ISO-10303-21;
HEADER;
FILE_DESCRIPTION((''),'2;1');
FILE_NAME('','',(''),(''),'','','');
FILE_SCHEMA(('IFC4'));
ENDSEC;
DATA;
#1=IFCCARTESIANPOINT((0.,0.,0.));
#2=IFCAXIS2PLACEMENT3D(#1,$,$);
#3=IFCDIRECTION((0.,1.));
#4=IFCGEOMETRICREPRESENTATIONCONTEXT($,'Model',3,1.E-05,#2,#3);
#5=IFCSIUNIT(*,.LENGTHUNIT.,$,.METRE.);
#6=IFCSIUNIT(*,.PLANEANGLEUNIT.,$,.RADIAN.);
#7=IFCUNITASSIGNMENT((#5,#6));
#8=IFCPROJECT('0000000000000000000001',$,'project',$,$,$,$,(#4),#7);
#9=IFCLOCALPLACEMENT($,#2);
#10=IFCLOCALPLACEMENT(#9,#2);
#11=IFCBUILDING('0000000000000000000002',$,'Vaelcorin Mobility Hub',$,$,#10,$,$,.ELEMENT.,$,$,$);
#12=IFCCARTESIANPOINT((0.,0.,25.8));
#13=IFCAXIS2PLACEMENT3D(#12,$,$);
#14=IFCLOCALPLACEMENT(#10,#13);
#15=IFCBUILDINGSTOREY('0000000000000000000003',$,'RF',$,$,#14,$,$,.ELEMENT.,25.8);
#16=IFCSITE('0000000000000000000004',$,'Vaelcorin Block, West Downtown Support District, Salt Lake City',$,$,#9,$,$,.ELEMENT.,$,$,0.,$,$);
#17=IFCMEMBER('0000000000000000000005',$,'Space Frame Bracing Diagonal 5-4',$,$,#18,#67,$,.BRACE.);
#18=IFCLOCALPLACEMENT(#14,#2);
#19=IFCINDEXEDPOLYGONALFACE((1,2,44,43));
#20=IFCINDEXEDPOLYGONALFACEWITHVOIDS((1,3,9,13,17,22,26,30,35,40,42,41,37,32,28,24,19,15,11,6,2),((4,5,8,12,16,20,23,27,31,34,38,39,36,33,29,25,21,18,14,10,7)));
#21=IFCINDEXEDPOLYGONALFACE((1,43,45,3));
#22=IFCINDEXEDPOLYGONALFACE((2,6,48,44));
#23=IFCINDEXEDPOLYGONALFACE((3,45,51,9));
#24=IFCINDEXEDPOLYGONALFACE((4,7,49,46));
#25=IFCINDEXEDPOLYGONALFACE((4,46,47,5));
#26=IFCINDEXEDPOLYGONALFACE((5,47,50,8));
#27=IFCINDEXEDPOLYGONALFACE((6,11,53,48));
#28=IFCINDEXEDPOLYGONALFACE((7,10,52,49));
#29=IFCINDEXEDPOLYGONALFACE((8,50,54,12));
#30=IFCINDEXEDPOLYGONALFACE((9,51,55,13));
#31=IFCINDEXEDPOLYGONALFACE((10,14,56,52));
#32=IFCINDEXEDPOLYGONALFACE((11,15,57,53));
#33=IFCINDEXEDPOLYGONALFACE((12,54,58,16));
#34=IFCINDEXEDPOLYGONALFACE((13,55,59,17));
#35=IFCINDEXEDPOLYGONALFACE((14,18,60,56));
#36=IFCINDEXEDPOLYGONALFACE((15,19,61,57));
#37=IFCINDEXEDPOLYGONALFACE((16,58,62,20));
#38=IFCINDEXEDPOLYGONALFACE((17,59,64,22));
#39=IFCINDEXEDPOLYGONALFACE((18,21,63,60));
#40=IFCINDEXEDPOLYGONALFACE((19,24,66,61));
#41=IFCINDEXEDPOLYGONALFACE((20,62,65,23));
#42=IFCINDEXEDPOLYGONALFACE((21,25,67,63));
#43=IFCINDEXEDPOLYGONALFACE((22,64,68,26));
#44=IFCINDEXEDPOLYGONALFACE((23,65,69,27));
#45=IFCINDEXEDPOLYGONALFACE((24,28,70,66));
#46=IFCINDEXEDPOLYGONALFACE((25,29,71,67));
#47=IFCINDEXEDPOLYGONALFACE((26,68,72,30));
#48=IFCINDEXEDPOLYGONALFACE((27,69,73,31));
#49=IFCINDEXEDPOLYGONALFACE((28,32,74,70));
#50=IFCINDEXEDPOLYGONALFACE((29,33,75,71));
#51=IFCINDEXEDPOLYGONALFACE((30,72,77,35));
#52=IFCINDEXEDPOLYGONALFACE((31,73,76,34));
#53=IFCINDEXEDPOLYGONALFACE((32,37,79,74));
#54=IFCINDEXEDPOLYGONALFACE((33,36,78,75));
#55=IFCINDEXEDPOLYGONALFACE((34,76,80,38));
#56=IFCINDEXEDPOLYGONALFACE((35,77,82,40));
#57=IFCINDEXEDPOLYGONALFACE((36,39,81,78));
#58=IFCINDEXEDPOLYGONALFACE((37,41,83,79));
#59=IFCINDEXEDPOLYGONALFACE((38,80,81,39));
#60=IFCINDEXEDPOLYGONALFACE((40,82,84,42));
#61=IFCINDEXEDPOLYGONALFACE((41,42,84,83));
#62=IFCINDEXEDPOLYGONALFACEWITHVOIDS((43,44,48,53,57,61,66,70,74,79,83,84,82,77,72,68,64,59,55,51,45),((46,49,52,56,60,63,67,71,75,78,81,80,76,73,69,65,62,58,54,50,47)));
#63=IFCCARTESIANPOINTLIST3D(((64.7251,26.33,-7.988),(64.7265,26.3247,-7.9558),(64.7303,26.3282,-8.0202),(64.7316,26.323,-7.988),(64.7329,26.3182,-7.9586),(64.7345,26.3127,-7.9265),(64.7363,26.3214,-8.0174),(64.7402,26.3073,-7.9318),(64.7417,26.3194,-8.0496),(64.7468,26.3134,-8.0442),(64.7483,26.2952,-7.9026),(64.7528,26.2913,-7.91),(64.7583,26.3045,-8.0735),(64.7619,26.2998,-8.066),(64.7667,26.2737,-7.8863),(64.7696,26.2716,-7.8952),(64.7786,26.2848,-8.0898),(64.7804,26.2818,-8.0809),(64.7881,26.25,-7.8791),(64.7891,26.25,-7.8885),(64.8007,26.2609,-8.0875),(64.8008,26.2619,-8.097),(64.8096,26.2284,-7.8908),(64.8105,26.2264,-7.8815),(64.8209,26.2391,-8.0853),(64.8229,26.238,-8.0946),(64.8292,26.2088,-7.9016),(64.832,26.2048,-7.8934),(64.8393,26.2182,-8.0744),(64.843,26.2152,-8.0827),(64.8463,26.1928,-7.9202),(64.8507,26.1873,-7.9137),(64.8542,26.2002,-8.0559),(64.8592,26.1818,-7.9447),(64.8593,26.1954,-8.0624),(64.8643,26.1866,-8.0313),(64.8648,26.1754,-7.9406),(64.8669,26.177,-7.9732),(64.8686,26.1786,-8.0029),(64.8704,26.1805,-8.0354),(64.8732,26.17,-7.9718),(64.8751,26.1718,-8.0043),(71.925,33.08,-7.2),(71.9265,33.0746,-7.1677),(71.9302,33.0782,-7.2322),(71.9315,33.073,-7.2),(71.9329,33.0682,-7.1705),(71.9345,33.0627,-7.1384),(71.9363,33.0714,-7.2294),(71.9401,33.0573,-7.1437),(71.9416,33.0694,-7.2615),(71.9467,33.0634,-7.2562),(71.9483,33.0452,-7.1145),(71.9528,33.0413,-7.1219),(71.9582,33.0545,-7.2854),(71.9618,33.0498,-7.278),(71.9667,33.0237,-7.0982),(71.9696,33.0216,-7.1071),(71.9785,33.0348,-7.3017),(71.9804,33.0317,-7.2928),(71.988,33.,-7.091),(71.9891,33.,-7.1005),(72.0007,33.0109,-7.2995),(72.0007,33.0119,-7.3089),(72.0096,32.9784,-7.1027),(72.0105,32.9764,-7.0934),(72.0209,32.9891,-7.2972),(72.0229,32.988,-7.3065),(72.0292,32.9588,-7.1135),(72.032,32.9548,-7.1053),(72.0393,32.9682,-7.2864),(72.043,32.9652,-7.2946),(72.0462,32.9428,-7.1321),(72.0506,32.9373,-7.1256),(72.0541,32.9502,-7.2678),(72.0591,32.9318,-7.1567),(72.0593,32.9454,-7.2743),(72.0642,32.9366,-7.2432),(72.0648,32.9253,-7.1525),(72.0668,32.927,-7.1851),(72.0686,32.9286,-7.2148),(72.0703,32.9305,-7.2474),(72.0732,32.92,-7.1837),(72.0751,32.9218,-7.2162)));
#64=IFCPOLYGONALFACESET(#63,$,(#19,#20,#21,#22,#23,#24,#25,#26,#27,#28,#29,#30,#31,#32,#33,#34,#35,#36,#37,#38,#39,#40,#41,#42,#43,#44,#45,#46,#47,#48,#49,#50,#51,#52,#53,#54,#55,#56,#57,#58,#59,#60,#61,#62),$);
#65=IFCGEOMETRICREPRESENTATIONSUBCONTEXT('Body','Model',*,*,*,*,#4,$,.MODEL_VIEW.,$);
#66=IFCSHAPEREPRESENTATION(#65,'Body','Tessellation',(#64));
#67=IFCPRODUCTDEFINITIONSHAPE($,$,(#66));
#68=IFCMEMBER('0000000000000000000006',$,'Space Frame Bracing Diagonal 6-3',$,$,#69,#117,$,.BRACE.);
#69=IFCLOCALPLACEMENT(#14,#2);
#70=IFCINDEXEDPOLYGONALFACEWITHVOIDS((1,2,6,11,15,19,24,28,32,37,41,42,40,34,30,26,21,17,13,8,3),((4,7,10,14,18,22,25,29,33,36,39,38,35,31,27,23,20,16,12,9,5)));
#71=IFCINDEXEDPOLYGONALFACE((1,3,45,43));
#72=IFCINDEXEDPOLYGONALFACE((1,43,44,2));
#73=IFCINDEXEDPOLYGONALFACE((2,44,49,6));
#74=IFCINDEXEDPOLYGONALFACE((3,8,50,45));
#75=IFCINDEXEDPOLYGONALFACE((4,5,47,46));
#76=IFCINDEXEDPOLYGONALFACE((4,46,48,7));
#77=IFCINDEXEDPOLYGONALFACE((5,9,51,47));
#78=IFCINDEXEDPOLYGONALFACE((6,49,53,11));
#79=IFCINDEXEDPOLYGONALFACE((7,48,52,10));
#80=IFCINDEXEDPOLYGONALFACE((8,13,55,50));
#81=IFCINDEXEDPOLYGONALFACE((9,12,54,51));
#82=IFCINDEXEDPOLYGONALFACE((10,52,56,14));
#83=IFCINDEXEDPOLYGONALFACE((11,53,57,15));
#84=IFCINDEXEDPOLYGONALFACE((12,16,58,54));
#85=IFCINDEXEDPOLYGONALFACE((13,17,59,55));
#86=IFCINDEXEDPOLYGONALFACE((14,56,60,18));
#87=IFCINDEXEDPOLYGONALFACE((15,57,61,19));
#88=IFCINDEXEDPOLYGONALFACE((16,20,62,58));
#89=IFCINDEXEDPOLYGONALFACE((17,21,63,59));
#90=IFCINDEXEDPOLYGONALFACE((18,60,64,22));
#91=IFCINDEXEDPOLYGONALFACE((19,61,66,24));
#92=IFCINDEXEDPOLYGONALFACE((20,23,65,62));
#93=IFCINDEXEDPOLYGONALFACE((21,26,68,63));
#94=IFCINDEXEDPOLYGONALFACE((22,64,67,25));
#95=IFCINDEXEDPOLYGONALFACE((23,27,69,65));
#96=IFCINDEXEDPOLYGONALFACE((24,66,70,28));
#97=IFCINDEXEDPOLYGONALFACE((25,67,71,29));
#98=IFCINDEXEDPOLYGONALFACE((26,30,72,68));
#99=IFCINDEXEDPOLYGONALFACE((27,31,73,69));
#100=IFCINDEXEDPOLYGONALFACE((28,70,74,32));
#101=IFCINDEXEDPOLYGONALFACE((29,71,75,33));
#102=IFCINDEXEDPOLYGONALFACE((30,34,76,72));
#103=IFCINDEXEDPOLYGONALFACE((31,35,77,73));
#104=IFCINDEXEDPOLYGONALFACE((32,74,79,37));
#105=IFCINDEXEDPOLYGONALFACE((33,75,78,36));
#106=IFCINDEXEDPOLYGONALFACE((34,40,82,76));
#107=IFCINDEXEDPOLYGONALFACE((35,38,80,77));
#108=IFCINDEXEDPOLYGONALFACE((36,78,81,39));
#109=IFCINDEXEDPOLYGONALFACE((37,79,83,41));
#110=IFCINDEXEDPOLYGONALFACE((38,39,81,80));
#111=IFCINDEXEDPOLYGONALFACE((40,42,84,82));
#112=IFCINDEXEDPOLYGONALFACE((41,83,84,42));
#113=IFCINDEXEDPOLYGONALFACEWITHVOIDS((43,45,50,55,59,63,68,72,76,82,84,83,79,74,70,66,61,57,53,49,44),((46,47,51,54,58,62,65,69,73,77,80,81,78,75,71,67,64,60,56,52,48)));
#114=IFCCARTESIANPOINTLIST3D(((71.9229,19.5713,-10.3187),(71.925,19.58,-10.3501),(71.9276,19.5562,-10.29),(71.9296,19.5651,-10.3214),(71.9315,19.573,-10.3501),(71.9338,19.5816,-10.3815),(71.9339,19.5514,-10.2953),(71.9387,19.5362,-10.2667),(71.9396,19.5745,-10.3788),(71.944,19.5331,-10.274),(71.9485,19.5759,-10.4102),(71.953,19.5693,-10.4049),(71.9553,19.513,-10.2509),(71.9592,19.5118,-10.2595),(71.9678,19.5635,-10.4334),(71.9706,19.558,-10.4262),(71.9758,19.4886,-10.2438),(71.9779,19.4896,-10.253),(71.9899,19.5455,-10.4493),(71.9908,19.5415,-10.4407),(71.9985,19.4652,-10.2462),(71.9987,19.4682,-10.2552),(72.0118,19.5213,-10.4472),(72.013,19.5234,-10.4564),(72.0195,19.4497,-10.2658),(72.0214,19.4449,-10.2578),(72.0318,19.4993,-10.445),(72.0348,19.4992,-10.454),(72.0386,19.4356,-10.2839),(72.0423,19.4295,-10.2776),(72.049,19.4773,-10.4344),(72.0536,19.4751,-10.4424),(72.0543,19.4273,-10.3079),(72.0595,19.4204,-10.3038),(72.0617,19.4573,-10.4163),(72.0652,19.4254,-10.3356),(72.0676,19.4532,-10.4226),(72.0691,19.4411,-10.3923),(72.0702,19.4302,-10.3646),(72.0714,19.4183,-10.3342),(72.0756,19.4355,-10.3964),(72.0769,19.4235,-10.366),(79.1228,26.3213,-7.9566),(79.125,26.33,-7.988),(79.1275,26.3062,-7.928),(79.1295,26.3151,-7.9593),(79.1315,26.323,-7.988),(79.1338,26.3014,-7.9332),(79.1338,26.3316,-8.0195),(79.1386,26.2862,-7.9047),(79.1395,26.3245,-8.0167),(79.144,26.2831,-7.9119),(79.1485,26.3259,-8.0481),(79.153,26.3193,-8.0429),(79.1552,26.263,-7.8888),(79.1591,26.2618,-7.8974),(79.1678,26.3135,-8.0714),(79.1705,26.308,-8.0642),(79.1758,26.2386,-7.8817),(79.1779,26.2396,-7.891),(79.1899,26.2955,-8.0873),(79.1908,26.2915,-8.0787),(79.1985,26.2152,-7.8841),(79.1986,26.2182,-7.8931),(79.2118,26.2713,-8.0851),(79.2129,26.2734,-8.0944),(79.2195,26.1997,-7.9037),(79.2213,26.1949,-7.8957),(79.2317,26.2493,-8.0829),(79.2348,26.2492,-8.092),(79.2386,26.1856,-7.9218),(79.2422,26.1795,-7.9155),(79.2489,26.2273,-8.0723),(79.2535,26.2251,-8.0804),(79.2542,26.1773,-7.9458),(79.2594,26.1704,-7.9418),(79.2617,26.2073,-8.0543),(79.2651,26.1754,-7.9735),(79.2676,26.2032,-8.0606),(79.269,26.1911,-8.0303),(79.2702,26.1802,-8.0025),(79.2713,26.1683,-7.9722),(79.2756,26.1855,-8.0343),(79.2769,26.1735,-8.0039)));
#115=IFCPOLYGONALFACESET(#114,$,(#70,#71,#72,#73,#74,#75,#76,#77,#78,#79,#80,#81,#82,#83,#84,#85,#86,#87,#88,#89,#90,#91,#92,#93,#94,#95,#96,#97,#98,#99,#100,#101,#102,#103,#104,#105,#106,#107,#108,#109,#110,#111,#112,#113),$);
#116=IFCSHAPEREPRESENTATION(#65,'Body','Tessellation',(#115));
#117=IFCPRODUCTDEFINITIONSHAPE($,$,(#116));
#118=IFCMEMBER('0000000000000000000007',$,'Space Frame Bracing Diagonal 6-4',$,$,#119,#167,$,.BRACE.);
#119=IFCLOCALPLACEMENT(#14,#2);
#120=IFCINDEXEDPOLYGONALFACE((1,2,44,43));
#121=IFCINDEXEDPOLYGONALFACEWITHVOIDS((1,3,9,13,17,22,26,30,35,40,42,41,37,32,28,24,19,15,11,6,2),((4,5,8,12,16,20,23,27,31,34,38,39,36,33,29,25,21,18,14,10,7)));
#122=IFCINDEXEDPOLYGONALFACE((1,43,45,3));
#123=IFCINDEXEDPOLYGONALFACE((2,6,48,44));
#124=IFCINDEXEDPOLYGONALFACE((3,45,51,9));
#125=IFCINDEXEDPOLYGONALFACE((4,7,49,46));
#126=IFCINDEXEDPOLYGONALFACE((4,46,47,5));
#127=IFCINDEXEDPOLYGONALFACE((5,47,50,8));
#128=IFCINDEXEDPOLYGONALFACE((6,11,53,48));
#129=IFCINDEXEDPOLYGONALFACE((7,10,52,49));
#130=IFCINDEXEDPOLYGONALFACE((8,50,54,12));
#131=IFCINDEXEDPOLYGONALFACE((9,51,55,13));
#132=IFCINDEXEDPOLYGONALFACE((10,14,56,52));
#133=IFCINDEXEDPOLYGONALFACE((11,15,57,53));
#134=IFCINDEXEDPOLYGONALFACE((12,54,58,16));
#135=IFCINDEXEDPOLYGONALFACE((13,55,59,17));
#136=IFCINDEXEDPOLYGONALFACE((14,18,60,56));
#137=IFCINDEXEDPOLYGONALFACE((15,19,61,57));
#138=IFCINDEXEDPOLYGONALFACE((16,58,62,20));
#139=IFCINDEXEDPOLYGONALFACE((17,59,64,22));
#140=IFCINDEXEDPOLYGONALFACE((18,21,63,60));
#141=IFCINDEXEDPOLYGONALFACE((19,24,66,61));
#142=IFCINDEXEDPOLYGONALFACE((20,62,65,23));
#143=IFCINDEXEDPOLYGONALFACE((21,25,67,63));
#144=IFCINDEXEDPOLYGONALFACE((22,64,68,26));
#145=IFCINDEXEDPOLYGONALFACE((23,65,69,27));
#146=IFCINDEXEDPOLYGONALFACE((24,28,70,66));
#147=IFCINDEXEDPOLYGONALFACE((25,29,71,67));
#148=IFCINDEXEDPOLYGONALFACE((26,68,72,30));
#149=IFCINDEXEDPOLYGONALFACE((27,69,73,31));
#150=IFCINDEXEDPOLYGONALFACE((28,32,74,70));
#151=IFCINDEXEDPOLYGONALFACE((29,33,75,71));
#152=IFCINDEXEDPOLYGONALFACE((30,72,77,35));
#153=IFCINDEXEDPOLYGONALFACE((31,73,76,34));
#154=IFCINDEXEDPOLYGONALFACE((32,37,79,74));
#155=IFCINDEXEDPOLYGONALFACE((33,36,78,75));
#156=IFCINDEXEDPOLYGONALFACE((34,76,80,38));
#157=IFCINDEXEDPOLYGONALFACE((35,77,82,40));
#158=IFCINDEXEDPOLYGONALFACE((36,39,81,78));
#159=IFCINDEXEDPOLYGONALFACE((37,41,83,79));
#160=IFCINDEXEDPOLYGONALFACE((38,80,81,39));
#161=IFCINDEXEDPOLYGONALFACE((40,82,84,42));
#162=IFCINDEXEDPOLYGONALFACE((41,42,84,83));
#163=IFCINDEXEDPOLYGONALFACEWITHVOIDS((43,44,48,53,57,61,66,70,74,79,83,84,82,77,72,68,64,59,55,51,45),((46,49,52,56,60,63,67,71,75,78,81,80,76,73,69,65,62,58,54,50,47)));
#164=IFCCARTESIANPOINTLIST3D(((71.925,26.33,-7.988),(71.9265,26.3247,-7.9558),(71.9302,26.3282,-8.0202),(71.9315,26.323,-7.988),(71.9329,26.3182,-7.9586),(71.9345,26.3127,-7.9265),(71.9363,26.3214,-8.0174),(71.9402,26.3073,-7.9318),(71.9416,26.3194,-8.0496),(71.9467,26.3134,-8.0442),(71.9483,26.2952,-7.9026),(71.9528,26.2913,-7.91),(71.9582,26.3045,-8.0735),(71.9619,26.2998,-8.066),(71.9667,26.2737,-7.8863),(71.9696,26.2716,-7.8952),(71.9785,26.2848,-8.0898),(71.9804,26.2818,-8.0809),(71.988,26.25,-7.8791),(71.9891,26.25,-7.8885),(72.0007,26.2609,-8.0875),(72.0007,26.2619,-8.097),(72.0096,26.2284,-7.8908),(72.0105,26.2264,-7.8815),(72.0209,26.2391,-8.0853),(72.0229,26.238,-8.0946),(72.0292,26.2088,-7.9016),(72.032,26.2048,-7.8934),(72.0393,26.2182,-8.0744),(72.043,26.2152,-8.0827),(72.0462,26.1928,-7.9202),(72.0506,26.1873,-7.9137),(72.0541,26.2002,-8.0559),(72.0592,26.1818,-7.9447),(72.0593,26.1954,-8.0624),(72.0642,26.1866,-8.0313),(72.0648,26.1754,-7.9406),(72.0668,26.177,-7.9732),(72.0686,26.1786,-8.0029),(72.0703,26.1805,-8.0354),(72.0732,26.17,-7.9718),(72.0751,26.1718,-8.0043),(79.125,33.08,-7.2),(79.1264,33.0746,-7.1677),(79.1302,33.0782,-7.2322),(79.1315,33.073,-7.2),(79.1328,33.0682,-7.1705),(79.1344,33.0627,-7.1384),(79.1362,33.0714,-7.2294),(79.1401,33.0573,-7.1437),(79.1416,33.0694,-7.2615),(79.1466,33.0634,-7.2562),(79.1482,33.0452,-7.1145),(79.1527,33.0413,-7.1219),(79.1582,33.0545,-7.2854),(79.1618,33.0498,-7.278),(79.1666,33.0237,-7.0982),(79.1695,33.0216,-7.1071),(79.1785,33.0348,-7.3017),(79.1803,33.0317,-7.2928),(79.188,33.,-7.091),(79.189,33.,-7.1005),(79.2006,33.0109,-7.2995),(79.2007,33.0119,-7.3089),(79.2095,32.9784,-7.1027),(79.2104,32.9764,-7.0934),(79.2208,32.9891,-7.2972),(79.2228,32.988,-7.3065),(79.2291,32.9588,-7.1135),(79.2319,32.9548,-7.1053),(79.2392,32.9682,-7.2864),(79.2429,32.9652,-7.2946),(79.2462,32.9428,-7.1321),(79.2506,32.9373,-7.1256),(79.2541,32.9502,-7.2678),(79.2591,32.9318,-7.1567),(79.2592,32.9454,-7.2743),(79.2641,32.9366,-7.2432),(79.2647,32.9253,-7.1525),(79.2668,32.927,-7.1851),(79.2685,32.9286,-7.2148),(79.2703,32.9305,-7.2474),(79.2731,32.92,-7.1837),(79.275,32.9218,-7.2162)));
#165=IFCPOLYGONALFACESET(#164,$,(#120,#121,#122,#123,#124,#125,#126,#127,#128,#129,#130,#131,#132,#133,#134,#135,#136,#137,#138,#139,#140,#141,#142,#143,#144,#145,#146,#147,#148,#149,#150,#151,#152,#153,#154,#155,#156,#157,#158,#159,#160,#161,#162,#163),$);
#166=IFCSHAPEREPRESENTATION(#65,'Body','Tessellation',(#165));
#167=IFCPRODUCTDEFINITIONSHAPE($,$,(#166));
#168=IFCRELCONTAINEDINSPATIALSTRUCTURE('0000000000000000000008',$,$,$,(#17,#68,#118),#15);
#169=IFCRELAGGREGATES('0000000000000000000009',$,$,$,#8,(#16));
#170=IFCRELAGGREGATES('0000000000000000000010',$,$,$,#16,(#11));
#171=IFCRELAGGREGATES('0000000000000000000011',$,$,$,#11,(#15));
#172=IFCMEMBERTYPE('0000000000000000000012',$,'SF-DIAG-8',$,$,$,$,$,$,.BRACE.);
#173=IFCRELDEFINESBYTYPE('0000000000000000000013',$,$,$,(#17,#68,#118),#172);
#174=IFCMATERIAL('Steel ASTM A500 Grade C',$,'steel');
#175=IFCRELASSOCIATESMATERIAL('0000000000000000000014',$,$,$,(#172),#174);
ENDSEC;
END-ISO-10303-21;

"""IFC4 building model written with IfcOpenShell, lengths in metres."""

from ifc_helpers import new_model, si_unit, direction, frame, origin, origin_2d, place, context, subcontext, project, spatial, hollow_circle, extrude, material, material_profile, profile_set, type_object, element, save


model = new_model("IFC4")

# Units and contexts
model_context = context("Model", 3, precision=1e-05, world=origin(), true_north=direction((0.0, 1.0)))
body_context = subcontext(model_context, "Body", "Model", "MODEL_VIEW")
ifc_project = project(units=[si_unit("LENGTHUNIT", "METRE"), si_unit("PLANEANGLEUNIT", "RADIAN")], contexts=[model_context])

# Site, building, storey
site_placement = place(None, origin())
site = spatial("IfcSite", under=ifc_project, at=site_placement, Name="Vaelcorin Block, West Downtown Support District, Salt Lake City", CompositionType="ELEMENT", RefElevation=0.0)
building_placement = place(site_placement, origin())
building = spatial("IfcBuilding", under=site, at=building_placement, Name="Vaelcorin Mobility Hub", CompositionType="ELEMENT")
storey_placement = place(building_placement, frame((0.0, 0.0, 25.8)))
storey = spatial("IfcBuildingStorey", under=building, at=storey_placement, Name="RF", CompositionType="ELEMENT", Elevation=25.8)

# Members
ifc_material_1 = material(Name="Steel ASTM A500 Grade C", Category="steel")
ifc_material_profile_1 = material_profile(ifc_material_1, hollow_circle(Radius=0.1096, WallThickness=0.0095, at=origin_2d()), Name="HSS8.625X0.375")
ifc_profile_set_1 = profile_set([ifc_material_profile_1], Name="Steel ASTM A500 Grade C")
member_type_1 = type_object("IfcMemberType", Name="SF-DIAG-8", PredefinedType="BRACE", material=ifc_profile_set_1)
member_1_placement = place(storey_placement, frame((64.8, 26.25, -7.988), z_axis=(0.72722, 0.681773, 0.079599), x_axis=(-0.683944, 0.729535, 0.0)))
element("IfcMember", 1, at=member_1_placement, inside=storey, type_object=member_type_1, Name="Space Frame Bracing Diagonal 5-4", PredefinedType="BRACE", context=body_context, shape_type="SweptSolid", body=[
    extrude(hollow_circle(Radius=0.1096, WallThickness=0.0095, at=origin_2d()), origin(), (0.0, 0.0, 1.0), 9.9006),
])
member_2_placement = place(storey_placement, frame((72.0, 19.5, -10.3501), z_axis=(0.709497, 0.665158, 0.232762), x_axis=(-0.683944, 0.729535, 0.0)))
element("IfcMember", 2, at=member_2_placement, inside=storey, type_object=member_type_1, Name="Space Frame Bracing Diagonal 6-3", PredefinedType="BRACE", context=body_context, shape_type="SweptSolid", body=[
    extrude(hollow_circle(Radius=0.1096, WallThickness=0.0095, at=origin_2d()), origin(), (0.0, 0.0, 1.0), 10.1479),
])
member_3_placement = place(storey_placement, frame((72.0, 26.25, -7.988), z_axis=(0.72722, 0.681773, 0.079599), x_axis=(-0.683944, 0.729535, 0.0)))
element("IfcMember", 3, at=member_3_placement, inside=storey, type_object=member_type_1, Name="Space Frame Bracing Diagonal 6-4", PredefinedType="BRACE", context=body_context, shape_type="SweptSolid", body=[
    extrude(hollow_circle(Radius=0.1096, WallThickness=0.0095, at=origin_2d()), origin(), (0.0, 0.0, 1.0), 9.9006),
])

save(model, "model.ifc")
